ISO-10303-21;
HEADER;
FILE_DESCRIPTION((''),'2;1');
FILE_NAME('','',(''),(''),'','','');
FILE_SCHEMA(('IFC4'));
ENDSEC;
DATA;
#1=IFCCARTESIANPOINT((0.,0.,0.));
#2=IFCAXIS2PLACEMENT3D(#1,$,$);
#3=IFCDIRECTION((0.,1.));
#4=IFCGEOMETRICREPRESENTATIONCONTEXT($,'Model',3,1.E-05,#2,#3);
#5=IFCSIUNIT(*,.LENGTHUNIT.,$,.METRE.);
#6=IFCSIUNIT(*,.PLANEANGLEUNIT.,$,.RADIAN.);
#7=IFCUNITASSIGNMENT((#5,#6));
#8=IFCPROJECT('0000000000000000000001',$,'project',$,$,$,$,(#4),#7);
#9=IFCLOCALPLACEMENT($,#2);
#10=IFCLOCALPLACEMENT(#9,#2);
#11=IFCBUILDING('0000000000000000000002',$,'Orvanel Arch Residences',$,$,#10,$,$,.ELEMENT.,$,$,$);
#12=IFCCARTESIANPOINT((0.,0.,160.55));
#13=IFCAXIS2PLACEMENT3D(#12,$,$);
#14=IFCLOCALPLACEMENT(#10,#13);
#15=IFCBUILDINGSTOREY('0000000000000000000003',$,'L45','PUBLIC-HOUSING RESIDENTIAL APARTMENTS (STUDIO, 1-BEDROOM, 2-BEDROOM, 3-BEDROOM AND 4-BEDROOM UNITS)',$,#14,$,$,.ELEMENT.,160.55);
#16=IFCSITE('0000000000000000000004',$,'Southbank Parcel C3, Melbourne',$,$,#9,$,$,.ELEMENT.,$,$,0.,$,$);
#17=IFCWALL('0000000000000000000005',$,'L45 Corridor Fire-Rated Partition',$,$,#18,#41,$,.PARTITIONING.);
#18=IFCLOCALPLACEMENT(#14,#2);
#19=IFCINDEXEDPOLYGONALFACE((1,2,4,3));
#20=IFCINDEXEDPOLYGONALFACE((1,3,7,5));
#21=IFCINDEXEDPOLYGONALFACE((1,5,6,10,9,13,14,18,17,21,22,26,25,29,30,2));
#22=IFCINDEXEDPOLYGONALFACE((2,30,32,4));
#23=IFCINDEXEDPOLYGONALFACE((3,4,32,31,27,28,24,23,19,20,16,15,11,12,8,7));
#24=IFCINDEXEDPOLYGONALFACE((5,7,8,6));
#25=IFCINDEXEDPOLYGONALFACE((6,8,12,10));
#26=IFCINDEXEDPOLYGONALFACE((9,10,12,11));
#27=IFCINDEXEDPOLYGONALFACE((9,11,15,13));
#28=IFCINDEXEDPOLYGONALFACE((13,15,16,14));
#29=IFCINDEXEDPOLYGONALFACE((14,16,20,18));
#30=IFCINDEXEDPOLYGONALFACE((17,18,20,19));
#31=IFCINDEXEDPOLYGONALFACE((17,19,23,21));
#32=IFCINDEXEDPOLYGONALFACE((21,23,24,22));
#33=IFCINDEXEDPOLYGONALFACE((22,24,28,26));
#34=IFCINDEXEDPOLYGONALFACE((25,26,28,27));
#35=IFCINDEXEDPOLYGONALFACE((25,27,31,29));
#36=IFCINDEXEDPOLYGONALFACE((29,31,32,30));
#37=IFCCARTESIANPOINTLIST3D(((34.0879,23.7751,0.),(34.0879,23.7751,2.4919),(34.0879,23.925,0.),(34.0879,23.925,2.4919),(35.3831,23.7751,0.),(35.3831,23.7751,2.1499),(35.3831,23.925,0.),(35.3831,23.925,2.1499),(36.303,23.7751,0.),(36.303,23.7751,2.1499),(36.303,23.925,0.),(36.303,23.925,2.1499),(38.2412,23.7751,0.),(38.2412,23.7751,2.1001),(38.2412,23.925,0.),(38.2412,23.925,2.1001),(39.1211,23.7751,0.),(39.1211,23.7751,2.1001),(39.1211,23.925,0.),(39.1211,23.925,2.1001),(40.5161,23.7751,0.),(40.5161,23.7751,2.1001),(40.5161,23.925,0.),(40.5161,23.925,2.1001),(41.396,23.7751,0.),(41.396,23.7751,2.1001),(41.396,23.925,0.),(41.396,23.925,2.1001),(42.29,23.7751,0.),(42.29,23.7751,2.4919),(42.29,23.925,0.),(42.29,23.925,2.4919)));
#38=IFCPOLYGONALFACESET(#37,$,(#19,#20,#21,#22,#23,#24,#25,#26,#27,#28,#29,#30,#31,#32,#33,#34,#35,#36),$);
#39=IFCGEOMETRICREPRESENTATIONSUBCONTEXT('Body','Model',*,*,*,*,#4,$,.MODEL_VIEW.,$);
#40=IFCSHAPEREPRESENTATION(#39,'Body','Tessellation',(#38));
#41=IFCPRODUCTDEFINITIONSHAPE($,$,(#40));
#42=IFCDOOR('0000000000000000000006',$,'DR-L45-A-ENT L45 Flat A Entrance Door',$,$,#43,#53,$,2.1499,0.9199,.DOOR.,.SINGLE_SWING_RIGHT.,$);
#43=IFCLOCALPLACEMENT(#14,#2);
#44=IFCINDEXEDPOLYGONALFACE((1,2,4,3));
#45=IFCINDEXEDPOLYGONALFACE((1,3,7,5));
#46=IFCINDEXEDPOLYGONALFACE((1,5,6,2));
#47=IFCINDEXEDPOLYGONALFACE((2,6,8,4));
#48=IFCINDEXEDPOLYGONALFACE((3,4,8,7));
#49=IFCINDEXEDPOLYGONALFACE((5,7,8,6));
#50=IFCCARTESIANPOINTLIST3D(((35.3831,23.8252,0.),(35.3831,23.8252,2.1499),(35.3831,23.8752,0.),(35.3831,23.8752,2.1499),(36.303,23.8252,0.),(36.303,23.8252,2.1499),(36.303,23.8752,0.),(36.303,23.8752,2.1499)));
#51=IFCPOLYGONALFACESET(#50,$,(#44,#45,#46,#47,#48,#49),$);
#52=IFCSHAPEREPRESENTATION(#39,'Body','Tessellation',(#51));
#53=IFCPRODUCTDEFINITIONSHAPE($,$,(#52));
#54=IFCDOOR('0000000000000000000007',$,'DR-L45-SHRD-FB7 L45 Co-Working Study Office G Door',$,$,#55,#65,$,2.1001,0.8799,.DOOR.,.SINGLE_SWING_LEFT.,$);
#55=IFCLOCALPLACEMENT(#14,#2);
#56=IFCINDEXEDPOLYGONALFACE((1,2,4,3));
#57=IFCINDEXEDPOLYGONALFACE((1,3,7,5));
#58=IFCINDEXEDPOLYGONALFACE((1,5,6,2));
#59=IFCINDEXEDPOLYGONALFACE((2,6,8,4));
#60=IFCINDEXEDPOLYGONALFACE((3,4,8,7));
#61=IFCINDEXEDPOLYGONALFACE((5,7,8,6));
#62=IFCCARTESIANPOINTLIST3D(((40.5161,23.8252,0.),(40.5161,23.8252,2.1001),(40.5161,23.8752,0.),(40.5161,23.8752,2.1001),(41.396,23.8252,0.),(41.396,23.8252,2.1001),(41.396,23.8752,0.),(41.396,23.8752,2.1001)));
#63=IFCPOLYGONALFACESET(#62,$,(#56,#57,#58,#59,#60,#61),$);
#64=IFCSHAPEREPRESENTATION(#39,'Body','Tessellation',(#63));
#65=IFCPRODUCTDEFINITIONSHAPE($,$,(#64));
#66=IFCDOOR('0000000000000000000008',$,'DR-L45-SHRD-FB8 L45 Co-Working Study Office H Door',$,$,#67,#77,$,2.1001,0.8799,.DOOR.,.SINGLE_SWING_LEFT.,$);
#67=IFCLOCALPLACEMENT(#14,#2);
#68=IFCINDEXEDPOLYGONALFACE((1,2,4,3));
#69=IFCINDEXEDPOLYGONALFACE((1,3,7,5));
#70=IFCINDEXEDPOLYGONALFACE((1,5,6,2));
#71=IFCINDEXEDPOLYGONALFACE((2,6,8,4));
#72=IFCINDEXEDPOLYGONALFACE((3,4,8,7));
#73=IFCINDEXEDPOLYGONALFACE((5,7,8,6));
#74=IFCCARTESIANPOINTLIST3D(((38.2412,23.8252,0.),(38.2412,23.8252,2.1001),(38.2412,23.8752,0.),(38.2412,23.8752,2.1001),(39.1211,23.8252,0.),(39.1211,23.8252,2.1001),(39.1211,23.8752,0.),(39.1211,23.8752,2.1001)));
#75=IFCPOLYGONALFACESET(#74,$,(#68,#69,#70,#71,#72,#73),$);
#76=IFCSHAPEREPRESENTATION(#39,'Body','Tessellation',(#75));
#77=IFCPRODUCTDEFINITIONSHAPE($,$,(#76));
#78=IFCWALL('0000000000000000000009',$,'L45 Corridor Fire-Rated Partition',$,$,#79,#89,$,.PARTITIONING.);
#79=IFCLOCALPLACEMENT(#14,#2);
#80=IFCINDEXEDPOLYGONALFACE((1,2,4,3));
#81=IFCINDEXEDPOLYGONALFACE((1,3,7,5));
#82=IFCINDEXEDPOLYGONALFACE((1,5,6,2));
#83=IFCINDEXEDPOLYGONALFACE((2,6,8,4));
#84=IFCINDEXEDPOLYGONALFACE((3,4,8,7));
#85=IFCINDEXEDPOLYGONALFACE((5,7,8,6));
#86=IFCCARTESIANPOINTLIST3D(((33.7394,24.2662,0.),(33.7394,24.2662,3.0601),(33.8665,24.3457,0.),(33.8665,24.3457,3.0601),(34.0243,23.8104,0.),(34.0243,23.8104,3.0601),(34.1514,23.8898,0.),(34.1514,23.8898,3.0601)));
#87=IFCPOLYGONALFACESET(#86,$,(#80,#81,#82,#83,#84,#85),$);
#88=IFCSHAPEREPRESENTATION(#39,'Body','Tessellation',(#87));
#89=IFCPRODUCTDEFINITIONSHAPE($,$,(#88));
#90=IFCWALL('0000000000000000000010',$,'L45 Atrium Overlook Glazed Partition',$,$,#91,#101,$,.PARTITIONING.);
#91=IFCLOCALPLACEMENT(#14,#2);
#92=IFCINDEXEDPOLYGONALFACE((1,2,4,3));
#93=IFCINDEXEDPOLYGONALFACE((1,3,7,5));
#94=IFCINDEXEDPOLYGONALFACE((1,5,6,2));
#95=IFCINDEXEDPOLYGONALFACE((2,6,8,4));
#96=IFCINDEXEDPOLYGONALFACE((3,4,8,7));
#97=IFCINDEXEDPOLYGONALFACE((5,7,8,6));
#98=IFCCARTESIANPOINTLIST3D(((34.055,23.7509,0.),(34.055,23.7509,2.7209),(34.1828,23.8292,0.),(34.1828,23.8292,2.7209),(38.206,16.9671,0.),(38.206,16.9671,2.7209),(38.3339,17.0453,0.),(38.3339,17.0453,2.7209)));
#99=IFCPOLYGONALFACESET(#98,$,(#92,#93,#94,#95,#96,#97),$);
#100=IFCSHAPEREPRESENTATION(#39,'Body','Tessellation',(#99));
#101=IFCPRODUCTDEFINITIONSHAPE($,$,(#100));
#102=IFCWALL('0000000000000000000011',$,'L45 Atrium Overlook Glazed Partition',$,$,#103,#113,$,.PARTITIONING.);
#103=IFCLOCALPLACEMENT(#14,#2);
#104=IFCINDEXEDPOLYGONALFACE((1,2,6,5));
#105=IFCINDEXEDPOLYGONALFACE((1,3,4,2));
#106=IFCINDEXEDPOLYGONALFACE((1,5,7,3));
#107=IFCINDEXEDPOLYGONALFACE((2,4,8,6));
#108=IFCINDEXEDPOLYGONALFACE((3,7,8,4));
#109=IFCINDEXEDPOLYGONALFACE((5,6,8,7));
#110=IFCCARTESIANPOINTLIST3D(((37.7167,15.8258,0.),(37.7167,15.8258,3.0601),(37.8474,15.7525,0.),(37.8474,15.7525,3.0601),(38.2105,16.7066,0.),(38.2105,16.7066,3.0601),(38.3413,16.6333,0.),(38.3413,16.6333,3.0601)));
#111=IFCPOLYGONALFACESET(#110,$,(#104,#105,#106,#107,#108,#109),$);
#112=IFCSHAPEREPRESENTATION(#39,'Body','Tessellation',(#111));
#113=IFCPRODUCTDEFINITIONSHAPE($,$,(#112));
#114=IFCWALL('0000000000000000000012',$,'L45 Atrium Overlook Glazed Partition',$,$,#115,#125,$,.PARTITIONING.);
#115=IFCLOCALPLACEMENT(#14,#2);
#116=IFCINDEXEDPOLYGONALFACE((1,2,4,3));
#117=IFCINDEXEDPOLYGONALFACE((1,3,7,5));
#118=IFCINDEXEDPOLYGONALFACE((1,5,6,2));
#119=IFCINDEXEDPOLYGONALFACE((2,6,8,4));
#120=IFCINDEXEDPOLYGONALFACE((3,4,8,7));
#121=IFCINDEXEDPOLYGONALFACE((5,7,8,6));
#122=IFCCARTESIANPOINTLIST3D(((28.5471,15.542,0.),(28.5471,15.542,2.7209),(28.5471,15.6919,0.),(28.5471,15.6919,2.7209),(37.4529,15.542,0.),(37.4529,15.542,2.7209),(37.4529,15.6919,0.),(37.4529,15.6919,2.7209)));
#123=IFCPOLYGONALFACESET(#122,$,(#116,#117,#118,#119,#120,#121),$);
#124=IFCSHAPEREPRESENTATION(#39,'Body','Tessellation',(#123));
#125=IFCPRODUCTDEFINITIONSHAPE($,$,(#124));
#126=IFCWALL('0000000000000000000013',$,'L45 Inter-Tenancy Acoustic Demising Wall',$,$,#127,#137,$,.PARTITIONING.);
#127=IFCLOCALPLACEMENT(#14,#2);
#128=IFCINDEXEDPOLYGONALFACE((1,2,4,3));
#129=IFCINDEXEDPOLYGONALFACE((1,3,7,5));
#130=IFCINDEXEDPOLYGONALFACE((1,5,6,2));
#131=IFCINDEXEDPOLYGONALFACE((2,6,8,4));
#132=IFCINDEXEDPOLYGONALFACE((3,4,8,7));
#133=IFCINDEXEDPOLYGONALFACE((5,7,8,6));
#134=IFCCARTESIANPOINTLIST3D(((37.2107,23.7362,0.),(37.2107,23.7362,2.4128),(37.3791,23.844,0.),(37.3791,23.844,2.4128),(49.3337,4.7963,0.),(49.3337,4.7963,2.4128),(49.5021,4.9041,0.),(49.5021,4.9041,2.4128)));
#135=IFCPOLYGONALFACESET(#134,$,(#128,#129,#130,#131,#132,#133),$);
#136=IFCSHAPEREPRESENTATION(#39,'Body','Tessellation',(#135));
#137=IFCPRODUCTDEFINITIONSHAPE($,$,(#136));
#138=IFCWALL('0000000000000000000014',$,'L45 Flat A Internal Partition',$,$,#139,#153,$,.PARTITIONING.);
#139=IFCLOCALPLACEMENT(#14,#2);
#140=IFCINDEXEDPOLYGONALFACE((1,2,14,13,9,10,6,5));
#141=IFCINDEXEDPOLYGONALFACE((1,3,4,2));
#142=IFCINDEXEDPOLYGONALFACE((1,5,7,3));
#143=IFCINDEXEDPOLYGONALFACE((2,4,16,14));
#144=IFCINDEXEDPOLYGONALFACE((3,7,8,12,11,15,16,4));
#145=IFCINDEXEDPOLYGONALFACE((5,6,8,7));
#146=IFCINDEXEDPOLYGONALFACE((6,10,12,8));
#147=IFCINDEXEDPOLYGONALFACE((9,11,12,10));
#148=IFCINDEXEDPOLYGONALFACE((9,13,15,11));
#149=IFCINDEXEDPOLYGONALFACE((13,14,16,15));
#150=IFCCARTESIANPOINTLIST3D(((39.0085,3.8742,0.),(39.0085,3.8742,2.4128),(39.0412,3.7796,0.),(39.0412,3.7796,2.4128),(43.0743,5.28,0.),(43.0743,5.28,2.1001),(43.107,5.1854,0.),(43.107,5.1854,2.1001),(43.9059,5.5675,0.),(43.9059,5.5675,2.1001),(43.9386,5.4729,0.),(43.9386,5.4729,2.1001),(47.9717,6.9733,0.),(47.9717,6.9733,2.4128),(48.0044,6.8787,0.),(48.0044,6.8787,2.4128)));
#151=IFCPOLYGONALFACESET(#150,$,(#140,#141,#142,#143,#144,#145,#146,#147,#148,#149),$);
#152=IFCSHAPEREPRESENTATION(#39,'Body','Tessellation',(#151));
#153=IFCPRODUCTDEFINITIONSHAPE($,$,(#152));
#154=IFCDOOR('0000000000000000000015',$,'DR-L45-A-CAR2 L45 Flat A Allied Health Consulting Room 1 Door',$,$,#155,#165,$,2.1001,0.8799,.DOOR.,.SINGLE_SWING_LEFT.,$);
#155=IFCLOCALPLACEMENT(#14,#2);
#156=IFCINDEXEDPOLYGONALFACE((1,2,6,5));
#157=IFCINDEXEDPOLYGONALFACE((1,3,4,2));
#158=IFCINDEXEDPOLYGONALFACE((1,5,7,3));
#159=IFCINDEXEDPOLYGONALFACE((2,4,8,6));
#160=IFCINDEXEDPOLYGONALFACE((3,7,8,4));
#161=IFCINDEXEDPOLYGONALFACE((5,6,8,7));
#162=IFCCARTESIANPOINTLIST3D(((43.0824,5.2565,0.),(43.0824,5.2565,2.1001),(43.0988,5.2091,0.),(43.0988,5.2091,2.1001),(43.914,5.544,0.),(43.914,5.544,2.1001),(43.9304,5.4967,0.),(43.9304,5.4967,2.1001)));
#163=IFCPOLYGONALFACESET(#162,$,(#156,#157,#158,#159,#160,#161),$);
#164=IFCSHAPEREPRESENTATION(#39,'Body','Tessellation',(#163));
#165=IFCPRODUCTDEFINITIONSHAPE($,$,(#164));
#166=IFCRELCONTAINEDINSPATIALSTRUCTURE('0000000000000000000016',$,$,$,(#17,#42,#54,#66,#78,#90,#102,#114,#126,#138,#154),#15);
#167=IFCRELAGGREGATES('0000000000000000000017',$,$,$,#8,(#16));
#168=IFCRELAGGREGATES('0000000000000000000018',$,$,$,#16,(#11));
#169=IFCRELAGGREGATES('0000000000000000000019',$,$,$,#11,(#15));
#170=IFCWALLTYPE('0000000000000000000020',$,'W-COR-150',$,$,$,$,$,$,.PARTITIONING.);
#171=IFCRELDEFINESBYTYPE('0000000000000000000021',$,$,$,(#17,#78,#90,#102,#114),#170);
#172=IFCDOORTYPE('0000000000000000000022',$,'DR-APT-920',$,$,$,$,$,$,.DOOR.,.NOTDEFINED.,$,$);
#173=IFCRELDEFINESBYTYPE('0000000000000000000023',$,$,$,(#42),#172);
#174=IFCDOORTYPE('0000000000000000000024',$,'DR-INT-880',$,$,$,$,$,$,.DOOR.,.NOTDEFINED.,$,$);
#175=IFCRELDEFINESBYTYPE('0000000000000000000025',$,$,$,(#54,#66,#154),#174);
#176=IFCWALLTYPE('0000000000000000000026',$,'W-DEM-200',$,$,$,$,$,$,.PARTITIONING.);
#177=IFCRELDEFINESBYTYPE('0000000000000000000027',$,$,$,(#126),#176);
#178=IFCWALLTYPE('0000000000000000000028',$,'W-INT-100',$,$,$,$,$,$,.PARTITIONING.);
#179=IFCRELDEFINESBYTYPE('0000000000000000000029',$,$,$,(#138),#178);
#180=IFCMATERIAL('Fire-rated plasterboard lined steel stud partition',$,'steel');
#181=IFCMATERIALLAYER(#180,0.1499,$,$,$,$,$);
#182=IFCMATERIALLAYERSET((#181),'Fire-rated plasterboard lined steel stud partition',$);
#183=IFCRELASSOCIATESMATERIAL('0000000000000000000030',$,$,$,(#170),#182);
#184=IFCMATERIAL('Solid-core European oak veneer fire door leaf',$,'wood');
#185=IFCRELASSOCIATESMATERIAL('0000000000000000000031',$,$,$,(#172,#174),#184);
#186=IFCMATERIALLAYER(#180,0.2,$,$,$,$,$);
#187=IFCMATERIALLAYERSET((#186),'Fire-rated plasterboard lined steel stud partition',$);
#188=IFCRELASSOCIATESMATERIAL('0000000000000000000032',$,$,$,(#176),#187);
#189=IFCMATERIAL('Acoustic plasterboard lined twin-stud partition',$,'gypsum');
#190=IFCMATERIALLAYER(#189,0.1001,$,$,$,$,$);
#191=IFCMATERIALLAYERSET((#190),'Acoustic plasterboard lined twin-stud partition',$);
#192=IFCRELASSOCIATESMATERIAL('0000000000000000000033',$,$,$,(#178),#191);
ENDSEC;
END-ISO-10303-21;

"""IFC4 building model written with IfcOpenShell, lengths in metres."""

from ifc_helpers import new_model, si_unit, direction, frame, frame_2d, origin, place, context, subcontext, project, spatial, rectangle, extrude, material, layer, layer_set, type_object, element, fill, save


model = new_model("IFC4")

# Units and contexts
model_context = context("Model", 3, precision=1e-05, world=origin(), true_north=direction((0.0, 1.0)))
body_context = subcontext(model_context, "Body", "Model", "MODEL_VIEW")
ifc_project = project(units=[si_unit("LENGTHUNIT", "METRE"), si_unit("PLANEANGLEUNIT", "RADIAN")], contexts=[model_context])

# Site, building, storey
site_placement = place(None, origin())
site = spatial("IfcSite", under=ifc_project, at=site_placement, Name="Southbank Parcel C3, Melbourne", CompositionType="ELEMENT", RefElevation=0.0)
building_placement = place(site_placement, origin())
building = spatial("IfcBuilding", under=site, at=building_placement, Name="Orvanel Arch Residences", CompositionType="ELEMENT")
storey_placement = place(building_placement, frame((0.0, 0.0, 160.55)))
storey = spatial("IfcBuildingStorey", under=building, at=storey_placement, Name="L45", Description="PUBLIC-HOUSING RESIDENTIAL APARTMENTS (STUDIO, 1-BEDROOM, 2-BEDROOM, 3-BEDROOM AND 4-BEDROOM UNITS)", CompositionType="ELEMENT", Elevation=160.55)

# Wall, openings, doors
ifc_material_1 = material(Name="Fire-rated plasterboard lined steel stud partition", Category="steel")
ifc_layer_1 = layer(ifc_material_1, 0.1499)
ifc_layer_set_1 = layer_set([ifc_layer_1], Name="Fire-rated plasterboard lined steel stud partition")
wall_type_1 = type_object("IfcWallType", Name="W-COR-150", PredefinedType="PARTITIONING", material=ifc_layer_set_1)
wall_1_placement = place(storey_placement, frame((42.29, 23.8501, 0.0), z_axis=(0.0, 0.0, 1.0), x_axis=(-1.0, 0.0, 0.0)))
wall_1 = element("IfcWall", 1, at=wall_1_placement, inside=storey, type_object=wall_type_1, Name="L45 Corridor Fire-Rated Partition", PredefinedType="PARTITIONING", context=body_context, shape_type="SweptSolid", body=[
    extrude(rectangle(XDim=8.2021, YDim=0.1499, at=frame_2d((4.1011, 0.0))), origin(), (0.0, 0.0, 1.0), 2.4919),
])
opening_1_placement = place(wall_1_placement, frame((5.9871, 0.0, 0.0)))
opening_1 = element("IfcOpeningElement", 2, at=opening_1_placement, cuts=wall_1, PredefinedType="OPENING", context=body_context, shape_type="SweptSolid", body=[
    extrude(rectangle(XDim=0.9199, YDim=2.1499, at=frame_2d((0.46, 1.075))), frame((0.0, 0.085, 0.0), z_axis=(0.0, -1.0, 0.0), x_axis=(1.0, 0.0, 0.0)), (0.0, 0.0, 1.0), 0.1699),
])
opening_2_placement = place(wall_1_placement, frame((0.894, 0.0, 0.0)))
opening_2 = element("IfcOpeningElement", 3, at=opening_2_placement, cuts=wall_1, PredefinedType="OPENING", context=body_context, shape_type="SweptSolid", body=[
    extrude(rectangle(XDim=0.8799, YDim=2.1001, at=frame_2d((0.4399, 1.05))), frame((0.0, 0.085, 0.0), z_axis=(0.0, -1.0, 0.0), x_axis=(1.0, 0.0, 0.0)), (0.0, 0.0, 1.0), 0.1699),
])
opening_3_placement = place(wall_1_placement, frame((3.1689, 0.0, 0.0)))
opening_3 = element("IfcOpeningElement", 4, at=opening_3_placement, cuts=wall_1, PredefinedType="OPENING", context=body_context, shape_type="SweptSolid", body=[
    extrude(rectangle(XDim=0.8799, YDim=2.1001, at=frame_2d((0.4399, 1.05))), frame((0.0, 0.085, 0.0), z_axis=(0.0, -1.0, 0.0), x_axis=(1.0, 0.0, 0.0)), (0.0, 0.0, 1.0), 0.1699),
])
ifc_material_2 = material(Name="Solid-core European oak veneer fire door leaf", Category="wood")
door_type_1 = type_object("IfcDoorType", Name="DR-APT-920", OperationType="NOTDEFINED", PredefinedType="DOOR", material=ifc_material_2)
door_1_placement = place(opening_1_placement, origin())
door_1 = element("IfcDoor", 5, at=door_1_placement, inside=storey, type_object=door_type_1, Name="DR-L45-A-ENT L45 Flat A Entrance Door", OperationType="SINGLE_SWING_RIGHT", OverallHeight=2.1499, OverallWidth=0.9199, PredefinedType="DOOR", context=body_context, shape_type="SweptSolid", body=[
    extrude(rectangle(XDim=0.9199, YDim=2.1499, at=frame_2d((0.46, 1.075))), frame((0.0, 0.0249, 0.0), z_axis=(0.0, -1.0, 0.0), x_axis=(1.0, 0.0, 0.0)), (0.0, 0.0, 1.0), 0.05),
])
fill(opening_1, door_1)
door_type_2 = type_object("IfcDoorType", Name="DR-INT-880", OperationType="NOTDEFINED", PredefinedType="DOOR", material=ifc_material_2)
door_2_placement = place(opening_2_placement, origin())
door_2 = element("IfcDoor", 6, at=door_2_placement, inside=storey, type_object=door_type_2, Name="DR-L45-SHRD-FB7 L45 Co-Working Study Office G Door", OperationType="SINGLE_SWING_LEFT", OverallHeight=2.1001, OverallWidth=0.8799, PredefinedType="DOOR", context=body_context, shape_type="SweptSolid", body=[
    extrude(rectangle(XDim=0.8799, YDim=2.1001, at=frame_2d((0.4399, 1.05))), frame((0.0, 0.0249, 0.0), z_axis=(0.0, -1.0, 0.0), x_axis=(1.0, 0.0, 0.0)), (0.0, 0.0, 1.0), 0.05),
])
fill(opening_2, door_2)
door_3_placement = place(opening_3_placement, origin())
door_3 = element("IfcDoor", 7, at=door_3_placement, inside=storey, type_object=door_type_2, Name="DR-L45-SHRD-FB8 L45 Co-Working Study Office H Door", OperationType="SINGLE_SWING_LEFT", OverallHeight=2.1001, OverallWidth=0.8799, PredefinedType="DOOR", context=body_context, shape_type="SweptSolid", body=[
    extrude(rectangle(XDim=0.8799, YDim=2.1001, at=frame_2d((0.4399, 1.05))), frame((0.0, 0.0249, 0.0), z_axis=(0.0, -1.0, 0.0), x_axis=(1.0, 0.0, 0.0)), (0.0, 0.0, 1.0), 0.05),
])
fill(opening_3, door_3)

# Walls
wall_2_placement = place(storey_placement, frame((34.0879, 23.8501, 0.0), z_axis=(0.0, 0.0, 1.0), x_axis=(-0.53004, 0.847973, 0.0)))
element("IfcWall", 8, at=wall_2_placement, inside=storey, type_object=wall_type_1, Name="L45 Corridor Fire-Rated Partition", PredefinedType="PARTITIONING", context=body_context, shape_type="SweptSolid", body=[
    extrude(rectangle(XDim=0.5376, YDim=0.1499, at=frame_2d((0.2688, 0.0))), origin(), (0.0, 0.0, 1.0), 3.0601),
])
wall_3_placement = place(storey_placement, frame((34.1189, 23.79, 0.0), z_axis=(0.0, 0.0, 1.0), x_axis=(0.521943, -0.85298, 0.0)))
element("IfcWall", 9, at=wall_3_placement, inside=storey, type_object=wall_type_1, Name="L45 Atrium Overlook Glazed Partition", PredefinedType="PARTITIONING", context=body_context, shape_type="SweptSolid", body=[
    extrude(rectangle(XDim=7.9531, YDim=0.1499, at=frame_2d((3.9766, 0.0))), origin(), (0.0, 0.0, 1.0), 2.7209),
])
wall_4_placement = place(storey_placement, frame((38.2759, 16.6699, 0.0), z_axis=(0.0, 0.0, 1.0), x_axis=(-0.489067, -0.872246, 0.0)))
element("IfcWall", 10, at=wall_4_placement, inside=storey, type_object=wall_type_1, Name="L45 Atrium Overlook Glazed Partition", PredefinedType="PARTITIONING", context=body_context, shape_type="SweptSolid", body=[
    extrude(rectangle(XDim=1.0098, YDim=0.1499, at=frame_2d((0.5049, 0.0))), origin(), (0.0, 0.0, 1.0), 3.0601),
])
wall_5_placement = place(storey_placement, frame((37.4529, 15.6169, 0.0), z_axis=(0.0, 0.0, 1.0), x_axis=(-1.0, 0.0, 0.0)))
element("IfcWall", 11, at=wall_5_placement, inside=storey, type_object=wall_type_1, Name="L45 Atrium Overlook Glazed Partition", PredefinedType="PARTITIONING", context=body_context, shape_type="SweptSolid", body=[
    extrude(rectangle(XDim=8.9058, YDim=0.1499, at=frame_2d((4.4529, 0.0))), origin(), (0.0, 0.0, 1.0), 2.7209),
])
ifc_layer_2 = layer(ifc_material_1, 0.2)
ifc_layer_set_2 = layer_set([ifc_layer_2], Name="Fire-rated plasterboard lined steel stud partition")
wall_type_2 = type_object("IfcWallType", Name="W-DEM-200", PredefinedType="PARTITIONING", material=ifc_layer_set_2)
wall_6_placement = place(storey_placement, frame((37.2949, 23.79, 0.0), z_axis=(0.0, 0.0, 1.0), x_axis=(0.539101, -0.842241, 0.0)))
element("IfcWall", 12, at=wall_6_placement, inside=storey, type_object=wall_type_2, Name="L45 Inter-Tenancy Acoustic Demising Wall", PredefinedType="PARTITIONING", context=body_context, shape_type="SweptSolid", body=[
    extrude(rectangle(XDim=22.4875, YDim=0.2, at=frame_2d((11.2437, 0.0))), origin(), (0.0, 0.0, 1.0), 2.4128),
])

# Wall, opening, door
ifc_material_3 = material(Name="Acoustic plasterboard lined twin-stud partition", Category="gypsum")
ifc_layer_3 = layer(ifc_material_3, 0.1001)
ifc_layer_set_3 = layer_set([ifc_layer_3], Name="Acoustic plasterboard lined twin-stud partition")
wall_type_3 = type_object("IfcWallType", Name="W-INT-100", PredefinedType="PARTITIONING", material=ifc_layer_set_3)
wall_7_placement = place(storey_placement, frame((47.988, 6.926, 0.0), z_axis=(0.0, 0.0, 1.0), x_axis=(-0.9451, -0.326781, 0.0)))
wall_7 = element("IfcWall", 13, at=wall_7_placement, inside=storey, type_object=wall_type_3, Name="L45 Flat A Internal Partition", PredefinedType="PARTITIONING", context=body_context, shape_type="SweptSolid", body=[
    extrude(rectangle(XDim=9.4839, YDim=0.1001, at=frame_2d((4.7419, 0.0))), origin(), (0.0, 0.0, 1.0), 2.4128),
])
opening_4_placement = place(wall_7_placement, frame((4.302, 0.0, 0.0)))
opening_4 = element("IfcOpeningElement", 14, at=opening_4_placement, cuts=wall_7, PredefinedType="OPENING", context=body_context, shape_type="SweptSolid", body=[
    extrude(rectangle(XDim=0.8799, YDim=2.1001, at=frame_2d((0.4399, 1.05))), frame((0.0, 0.0601, 0.0), z_axis=(0.0, -1.0, 0.0), x_axis=(1.0, 0.0, 0.0)), (0.0, 0.0, 1.0), 0.1201),
])
door_4_placement = place(opening_4_placement, origin())
door_4 = element("IfcDoor", 15, at=door_4_placement, inside=storey, type_object=door_type_2, Name="DR-L45-A-CAR2 L45 Flat A Allied Health Consulting Room 1 Door", OperationType="SINGLE_SWING_LEFT", OverallHeight=2.1001, OverallWidth=0.8799, PredefinedType="DOOR", context=body_context, shape_type="SweptSolid", body=[
    extrude(rectangle(XDim=0.8799, YDim=2.1001, at=frame_2d((0.4399, 1.05))), frame((0.0, 0.0249, 0.0), z_axis=(0.0, -1.0, 0.0), x_axis=(1.0, 0.0, 0.0)), (0.0, 0.0, 1.0), 0.05),
])
fill(opening_4, door_4)

save(model, "model.ifc")
